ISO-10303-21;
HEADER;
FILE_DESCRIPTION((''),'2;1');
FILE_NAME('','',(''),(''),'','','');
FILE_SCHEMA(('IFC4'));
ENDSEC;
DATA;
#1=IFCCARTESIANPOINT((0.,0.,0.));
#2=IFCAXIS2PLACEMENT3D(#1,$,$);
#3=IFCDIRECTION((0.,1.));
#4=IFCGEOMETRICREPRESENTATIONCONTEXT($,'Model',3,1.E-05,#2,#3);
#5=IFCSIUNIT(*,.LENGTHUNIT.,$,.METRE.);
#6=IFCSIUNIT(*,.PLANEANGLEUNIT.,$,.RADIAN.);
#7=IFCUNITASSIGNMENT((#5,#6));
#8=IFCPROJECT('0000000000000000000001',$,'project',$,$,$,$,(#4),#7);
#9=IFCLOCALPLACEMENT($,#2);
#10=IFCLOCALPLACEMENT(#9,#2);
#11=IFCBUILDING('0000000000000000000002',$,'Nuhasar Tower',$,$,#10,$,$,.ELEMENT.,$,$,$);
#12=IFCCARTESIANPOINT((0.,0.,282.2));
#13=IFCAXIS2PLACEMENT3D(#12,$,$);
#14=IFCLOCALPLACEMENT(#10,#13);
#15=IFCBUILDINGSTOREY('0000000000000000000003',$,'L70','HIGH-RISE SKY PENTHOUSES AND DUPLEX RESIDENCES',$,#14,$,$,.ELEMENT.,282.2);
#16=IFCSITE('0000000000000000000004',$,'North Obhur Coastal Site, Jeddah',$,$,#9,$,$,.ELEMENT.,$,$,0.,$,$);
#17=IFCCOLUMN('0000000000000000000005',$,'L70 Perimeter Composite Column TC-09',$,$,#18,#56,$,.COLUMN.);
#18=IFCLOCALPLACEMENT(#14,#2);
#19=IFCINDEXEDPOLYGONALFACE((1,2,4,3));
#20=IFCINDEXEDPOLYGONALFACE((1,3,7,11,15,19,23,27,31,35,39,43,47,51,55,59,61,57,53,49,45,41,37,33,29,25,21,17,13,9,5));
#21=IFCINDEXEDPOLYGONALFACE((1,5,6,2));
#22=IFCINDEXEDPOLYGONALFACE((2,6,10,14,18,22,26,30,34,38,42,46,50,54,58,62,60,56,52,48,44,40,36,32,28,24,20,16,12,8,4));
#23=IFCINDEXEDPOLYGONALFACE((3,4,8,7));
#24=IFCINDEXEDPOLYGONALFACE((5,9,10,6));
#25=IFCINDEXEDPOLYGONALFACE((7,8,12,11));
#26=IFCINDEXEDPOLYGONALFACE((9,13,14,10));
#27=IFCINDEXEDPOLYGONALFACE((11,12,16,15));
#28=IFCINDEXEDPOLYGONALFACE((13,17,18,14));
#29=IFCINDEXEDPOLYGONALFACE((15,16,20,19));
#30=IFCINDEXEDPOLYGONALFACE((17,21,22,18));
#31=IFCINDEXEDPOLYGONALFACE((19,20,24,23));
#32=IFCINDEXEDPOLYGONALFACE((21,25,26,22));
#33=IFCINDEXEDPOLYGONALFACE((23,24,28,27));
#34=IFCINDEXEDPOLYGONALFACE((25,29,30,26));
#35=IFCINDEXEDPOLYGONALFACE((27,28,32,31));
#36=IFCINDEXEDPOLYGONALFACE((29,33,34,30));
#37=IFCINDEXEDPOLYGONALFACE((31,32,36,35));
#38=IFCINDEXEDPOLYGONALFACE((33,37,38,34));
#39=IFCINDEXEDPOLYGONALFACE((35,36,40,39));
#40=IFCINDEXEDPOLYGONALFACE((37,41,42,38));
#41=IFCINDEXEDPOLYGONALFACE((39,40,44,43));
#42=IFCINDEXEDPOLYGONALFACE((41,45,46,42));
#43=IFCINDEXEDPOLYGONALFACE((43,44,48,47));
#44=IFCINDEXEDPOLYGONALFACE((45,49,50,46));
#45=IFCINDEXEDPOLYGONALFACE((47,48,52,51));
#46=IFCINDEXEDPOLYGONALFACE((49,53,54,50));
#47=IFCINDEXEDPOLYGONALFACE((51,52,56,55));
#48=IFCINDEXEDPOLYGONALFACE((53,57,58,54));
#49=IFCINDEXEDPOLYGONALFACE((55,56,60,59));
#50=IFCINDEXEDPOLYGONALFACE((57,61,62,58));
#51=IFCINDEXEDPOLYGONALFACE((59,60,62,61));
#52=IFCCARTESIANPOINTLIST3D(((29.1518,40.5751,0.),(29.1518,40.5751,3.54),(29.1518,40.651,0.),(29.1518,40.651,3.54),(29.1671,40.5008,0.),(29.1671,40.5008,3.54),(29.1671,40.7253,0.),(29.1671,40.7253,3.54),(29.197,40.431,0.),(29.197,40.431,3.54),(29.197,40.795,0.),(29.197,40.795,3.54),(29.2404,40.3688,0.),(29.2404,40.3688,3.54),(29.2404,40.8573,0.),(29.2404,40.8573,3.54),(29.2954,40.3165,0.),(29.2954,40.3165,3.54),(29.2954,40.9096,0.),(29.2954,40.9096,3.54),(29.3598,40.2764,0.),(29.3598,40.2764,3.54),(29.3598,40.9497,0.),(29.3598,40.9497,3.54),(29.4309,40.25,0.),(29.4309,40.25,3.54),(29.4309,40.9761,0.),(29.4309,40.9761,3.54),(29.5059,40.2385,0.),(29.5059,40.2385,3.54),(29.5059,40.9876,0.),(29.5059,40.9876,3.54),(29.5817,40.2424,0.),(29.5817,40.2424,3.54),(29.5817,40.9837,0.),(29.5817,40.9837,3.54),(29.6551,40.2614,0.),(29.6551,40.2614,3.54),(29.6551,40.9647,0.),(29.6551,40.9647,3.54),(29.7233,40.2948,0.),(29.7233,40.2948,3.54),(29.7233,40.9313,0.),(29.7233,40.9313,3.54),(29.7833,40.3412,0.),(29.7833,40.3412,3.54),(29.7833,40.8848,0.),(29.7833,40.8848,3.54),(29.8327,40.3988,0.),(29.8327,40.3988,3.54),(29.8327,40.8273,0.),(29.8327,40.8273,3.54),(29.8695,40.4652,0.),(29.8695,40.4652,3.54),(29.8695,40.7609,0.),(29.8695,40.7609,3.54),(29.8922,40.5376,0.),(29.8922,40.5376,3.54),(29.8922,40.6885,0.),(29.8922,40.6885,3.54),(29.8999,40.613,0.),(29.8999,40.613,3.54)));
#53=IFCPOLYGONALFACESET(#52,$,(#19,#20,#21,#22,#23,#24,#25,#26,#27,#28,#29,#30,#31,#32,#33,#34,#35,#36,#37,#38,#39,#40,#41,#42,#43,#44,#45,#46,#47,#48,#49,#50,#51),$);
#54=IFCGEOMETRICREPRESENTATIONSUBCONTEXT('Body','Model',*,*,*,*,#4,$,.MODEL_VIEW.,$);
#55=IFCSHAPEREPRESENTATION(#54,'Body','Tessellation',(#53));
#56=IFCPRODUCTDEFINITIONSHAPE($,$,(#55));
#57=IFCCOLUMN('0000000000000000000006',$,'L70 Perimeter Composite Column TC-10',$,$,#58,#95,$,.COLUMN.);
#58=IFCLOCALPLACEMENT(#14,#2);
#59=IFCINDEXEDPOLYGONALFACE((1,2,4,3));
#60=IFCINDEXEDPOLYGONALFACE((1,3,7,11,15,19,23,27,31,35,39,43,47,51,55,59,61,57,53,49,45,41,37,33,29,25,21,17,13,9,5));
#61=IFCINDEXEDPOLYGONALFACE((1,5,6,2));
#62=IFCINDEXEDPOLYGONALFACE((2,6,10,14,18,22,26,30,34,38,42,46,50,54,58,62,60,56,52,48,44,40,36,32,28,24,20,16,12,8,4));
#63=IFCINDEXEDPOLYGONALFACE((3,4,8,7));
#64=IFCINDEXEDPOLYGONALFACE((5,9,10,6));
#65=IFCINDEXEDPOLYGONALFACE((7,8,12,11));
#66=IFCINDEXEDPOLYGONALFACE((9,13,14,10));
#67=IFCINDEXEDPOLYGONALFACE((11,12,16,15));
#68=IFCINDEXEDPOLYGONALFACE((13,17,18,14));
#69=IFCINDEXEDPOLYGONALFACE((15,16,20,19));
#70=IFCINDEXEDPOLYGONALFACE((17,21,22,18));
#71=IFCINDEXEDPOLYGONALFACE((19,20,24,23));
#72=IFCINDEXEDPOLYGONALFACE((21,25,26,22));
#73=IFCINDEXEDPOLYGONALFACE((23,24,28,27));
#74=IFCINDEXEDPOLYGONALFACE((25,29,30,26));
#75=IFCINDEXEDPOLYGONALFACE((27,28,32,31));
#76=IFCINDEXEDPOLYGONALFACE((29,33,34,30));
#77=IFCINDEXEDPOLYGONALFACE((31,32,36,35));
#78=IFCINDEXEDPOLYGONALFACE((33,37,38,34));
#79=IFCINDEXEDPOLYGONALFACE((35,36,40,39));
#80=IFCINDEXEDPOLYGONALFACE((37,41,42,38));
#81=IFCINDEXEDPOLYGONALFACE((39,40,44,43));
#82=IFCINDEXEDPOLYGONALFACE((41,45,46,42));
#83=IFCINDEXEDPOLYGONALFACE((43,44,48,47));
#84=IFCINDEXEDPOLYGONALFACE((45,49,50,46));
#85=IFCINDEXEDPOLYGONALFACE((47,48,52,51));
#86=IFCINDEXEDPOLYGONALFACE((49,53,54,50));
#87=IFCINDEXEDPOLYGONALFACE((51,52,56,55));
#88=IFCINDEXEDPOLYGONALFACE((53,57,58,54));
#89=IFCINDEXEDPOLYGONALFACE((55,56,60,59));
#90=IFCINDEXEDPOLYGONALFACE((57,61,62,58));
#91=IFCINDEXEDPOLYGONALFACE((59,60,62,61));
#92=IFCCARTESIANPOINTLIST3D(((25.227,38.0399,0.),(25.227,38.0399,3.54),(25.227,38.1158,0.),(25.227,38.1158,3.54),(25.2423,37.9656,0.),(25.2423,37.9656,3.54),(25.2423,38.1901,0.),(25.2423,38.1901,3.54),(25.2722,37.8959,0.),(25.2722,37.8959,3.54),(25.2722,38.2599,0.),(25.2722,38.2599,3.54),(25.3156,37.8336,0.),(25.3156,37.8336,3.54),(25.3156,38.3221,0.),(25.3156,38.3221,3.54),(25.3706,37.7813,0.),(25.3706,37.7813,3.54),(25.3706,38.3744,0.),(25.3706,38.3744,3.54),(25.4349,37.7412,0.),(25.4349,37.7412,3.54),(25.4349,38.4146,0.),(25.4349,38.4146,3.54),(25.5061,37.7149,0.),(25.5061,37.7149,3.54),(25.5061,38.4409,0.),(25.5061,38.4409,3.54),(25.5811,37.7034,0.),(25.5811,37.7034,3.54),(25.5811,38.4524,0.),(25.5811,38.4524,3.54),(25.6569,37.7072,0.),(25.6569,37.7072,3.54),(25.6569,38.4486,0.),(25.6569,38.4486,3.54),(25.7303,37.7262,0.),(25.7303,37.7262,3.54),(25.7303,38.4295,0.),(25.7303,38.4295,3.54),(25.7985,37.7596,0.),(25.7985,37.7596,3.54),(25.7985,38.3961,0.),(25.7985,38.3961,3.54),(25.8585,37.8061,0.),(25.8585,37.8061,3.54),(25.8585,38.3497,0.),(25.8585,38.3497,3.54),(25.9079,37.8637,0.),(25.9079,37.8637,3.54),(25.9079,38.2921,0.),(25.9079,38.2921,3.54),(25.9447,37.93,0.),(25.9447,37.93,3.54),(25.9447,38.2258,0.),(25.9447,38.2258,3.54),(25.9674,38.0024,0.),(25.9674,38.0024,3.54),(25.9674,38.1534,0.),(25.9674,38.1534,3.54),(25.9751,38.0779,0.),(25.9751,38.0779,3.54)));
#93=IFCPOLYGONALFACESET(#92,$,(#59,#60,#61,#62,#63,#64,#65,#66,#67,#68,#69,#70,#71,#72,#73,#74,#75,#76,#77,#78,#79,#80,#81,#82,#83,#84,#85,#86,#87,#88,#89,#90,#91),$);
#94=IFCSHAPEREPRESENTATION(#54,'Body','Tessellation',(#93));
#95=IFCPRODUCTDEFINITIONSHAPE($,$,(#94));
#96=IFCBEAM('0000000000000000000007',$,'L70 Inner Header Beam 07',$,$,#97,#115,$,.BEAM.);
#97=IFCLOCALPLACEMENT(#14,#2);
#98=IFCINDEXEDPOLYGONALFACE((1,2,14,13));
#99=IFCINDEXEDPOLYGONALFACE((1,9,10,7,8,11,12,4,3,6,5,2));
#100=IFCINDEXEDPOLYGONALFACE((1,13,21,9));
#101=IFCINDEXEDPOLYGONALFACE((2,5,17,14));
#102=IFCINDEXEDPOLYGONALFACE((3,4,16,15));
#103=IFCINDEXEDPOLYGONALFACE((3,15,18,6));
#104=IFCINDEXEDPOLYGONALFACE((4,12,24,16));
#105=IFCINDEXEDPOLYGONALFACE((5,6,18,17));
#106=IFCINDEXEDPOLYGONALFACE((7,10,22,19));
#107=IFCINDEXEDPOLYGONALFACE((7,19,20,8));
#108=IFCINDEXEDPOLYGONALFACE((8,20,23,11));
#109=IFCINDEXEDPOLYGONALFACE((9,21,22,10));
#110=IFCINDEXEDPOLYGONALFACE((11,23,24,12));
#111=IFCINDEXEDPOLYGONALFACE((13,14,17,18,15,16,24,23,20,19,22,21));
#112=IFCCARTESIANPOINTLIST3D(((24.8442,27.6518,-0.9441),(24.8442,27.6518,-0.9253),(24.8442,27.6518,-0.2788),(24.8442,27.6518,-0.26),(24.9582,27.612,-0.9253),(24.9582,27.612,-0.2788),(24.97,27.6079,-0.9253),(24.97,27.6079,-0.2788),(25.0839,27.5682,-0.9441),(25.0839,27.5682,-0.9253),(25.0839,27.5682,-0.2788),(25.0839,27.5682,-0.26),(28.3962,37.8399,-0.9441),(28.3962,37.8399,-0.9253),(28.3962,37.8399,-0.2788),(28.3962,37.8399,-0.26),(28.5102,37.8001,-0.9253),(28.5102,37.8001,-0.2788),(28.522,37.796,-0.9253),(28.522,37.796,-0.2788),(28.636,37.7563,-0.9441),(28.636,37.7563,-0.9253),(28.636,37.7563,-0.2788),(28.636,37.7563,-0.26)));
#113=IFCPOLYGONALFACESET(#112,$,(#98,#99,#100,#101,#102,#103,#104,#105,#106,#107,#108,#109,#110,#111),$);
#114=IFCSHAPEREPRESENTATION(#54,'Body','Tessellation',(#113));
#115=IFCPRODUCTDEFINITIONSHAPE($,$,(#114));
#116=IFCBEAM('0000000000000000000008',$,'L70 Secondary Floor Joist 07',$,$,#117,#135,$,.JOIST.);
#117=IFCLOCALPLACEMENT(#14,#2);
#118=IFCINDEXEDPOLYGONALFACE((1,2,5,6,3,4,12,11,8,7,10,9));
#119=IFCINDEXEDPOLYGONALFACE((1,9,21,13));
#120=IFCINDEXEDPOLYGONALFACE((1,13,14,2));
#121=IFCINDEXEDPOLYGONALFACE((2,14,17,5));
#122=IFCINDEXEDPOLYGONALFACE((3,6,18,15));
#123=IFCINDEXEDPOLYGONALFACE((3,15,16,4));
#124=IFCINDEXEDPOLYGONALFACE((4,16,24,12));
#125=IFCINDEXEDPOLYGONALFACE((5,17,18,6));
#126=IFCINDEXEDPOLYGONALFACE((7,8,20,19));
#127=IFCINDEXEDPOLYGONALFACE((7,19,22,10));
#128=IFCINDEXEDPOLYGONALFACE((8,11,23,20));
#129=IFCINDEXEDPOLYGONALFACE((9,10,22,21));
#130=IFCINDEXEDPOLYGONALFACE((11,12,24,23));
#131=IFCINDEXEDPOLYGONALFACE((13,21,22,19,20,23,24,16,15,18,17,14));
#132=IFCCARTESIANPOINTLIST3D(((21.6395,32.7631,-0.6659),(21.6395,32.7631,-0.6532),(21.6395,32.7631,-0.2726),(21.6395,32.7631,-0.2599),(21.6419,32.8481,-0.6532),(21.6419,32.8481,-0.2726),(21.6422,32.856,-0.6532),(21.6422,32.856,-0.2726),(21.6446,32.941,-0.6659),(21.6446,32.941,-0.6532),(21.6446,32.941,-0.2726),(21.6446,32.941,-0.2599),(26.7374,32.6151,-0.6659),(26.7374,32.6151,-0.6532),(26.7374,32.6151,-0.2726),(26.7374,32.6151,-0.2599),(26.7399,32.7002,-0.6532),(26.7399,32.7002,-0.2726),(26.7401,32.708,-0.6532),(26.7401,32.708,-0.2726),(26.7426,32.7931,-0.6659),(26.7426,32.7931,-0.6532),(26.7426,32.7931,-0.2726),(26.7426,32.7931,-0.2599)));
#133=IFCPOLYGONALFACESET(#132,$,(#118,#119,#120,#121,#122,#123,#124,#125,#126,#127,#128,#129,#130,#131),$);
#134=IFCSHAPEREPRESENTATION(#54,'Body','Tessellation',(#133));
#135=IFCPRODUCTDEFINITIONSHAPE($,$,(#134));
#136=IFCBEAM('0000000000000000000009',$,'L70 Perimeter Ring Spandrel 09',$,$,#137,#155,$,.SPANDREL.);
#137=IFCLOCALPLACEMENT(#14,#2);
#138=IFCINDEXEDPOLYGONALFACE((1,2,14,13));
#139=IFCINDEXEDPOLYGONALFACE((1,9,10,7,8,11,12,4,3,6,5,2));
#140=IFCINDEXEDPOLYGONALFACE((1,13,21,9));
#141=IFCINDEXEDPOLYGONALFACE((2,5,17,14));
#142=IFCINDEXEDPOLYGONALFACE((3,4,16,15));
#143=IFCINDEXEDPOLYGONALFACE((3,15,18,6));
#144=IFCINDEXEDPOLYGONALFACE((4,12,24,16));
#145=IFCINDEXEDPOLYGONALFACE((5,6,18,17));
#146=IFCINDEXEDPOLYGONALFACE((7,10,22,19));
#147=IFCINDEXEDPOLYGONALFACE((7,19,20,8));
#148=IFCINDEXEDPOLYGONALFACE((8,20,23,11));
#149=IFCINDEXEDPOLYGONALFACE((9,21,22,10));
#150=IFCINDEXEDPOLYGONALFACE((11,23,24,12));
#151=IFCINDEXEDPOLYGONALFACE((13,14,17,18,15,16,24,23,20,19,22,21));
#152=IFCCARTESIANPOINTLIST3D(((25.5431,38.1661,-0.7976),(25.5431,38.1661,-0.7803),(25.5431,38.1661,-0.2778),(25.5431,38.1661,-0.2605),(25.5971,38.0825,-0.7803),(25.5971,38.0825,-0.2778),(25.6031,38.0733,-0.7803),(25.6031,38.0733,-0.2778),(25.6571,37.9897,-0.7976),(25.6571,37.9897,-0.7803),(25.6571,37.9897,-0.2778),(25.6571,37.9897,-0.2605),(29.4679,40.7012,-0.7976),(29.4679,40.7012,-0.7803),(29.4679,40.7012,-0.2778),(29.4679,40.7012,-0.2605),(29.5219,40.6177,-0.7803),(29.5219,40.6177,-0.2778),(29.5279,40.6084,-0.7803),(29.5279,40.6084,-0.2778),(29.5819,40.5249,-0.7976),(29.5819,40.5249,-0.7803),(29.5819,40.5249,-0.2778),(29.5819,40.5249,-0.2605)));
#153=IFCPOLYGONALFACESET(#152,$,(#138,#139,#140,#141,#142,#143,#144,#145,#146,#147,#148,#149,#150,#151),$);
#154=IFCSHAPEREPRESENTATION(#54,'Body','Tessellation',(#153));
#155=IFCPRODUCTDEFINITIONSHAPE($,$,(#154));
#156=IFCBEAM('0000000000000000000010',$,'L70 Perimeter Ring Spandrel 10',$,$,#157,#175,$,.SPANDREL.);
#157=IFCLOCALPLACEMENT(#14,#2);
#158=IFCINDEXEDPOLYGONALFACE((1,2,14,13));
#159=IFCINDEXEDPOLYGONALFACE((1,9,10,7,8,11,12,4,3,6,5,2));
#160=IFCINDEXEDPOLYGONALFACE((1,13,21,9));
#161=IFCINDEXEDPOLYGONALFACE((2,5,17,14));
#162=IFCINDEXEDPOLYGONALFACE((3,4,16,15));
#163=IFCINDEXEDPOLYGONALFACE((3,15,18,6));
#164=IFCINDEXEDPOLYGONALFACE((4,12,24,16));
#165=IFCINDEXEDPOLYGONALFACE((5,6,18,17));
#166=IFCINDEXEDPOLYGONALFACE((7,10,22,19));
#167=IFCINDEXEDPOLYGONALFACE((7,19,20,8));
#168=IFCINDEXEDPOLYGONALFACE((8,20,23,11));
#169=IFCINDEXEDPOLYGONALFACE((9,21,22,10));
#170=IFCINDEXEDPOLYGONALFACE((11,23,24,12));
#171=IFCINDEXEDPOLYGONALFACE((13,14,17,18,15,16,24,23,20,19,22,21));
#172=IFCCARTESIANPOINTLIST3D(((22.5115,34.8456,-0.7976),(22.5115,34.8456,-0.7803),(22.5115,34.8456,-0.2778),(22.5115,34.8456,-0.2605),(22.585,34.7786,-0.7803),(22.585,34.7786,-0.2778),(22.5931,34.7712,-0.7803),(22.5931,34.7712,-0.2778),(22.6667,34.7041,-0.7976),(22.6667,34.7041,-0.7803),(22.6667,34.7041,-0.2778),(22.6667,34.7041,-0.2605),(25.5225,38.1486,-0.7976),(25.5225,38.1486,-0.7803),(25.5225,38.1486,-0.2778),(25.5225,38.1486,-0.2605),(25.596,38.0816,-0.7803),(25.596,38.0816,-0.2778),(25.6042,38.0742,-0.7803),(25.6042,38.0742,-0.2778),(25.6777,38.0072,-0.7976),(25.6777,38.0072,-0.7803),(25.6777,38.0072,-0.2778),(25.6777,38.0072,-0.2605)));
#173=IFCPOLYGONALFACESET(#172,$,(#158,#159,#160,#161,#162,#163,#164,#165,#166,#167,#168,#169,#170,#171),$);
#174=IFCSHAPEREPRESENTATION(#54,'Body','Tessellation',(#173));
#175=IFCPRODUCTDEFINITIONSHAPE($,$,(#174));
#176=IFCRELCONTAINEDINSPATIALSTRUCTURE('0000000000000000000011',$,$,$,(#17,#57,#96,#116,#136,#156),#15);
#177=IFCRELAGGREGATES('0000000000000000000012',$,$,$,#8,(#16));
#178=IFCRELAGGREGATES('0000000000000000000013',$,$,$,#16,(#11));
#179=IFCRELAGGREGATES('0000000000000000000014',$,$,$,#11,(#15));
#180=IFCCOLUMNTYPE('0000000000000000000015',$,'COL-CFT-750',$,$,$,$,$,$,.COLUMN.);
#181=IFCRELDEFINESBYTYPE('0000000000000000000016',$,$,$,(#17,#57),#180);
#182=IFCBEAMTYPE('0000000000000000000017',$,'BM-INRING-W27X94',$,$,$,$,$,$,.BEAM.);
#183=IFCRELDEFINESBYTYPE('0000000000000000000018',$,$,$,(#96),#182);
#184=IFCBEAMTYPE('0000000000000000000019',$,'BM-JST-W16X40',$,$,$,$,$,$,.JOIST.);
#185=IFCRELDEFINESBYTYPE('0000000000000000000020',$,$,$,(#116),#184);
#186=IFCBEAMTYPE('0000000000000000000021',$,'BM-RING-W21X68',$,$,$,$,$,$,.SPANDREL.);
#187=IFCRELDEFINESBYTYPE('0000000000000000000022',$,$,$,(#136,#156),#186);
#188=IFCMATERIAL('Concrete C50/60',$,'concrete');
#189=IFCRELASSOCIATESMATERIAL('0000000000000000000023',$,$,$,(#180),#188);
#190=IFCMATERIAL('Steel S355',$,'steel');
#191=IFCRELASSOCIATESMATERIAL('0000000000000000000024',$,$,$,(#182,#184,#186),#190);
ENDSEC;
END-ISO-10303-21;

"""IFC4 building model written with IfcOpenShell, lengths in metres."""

from ifc_helpers import new_model, si_unit, direction, frame, origin, origin_2d, place, context, subcontext, project, spatial, circle, i_section, extrude, material, material_profile, profile_set, type_object, element, save


model = new_model("IFC4")

# Units and contexts
model_context = context("Model", 3, precision=1e-05, world=origin(), true_north=direction((0.0, 1.0)))
body_context = subcontext(model_context, "Body", "Model", "MODEL_VIEW")
ifc_project = project(units=[si_unit("LENGTHUNIT", "METRE"), si_unit("PLANEANGLEUNIT", "RADIAN")], contexts=[model_context])

# Site, building, storey
site_placement = place(None, origin())
site = spatial("IfcSite", under=ifc_project, at=site_placement, Name="North Obhur Coastal Site, Jeddah", CompositionType="ELEMENT", RefElevation=0.0)
building_placement = place(site_placement, origin())
building = spatial("IfcBuilding", under=site, at=building_placement, Name="Nuhasar Tower", CompositionType="ELEMENT")
storey_placement = place(building_placement, frame((0.0, 0.0, 282.2)))
storey = spatial("IfcBuildingStorey", under=building, at=storey_placement, Name="L70", Description="HIGH-RISE SKY PENTHOUSES AND DUPLEX RESIDENCES", CompositionType="ELEMENT", Elevation=282.2)

# Columns
ifc_material_1 = material(Name="Concrete C50/60", Category="concrete")
ifc_material_profile_1 = material_profile(ifc_material_1, circle(Radius=0.375, at=origin_2d()), Name="CFT750")
ifc_profile_set_1 = profile_set([ifc_material_profile_1], Name="Concrete C50/60")
column_type = type_object("IfcColumnType", Name="COL-CFT-750", PredefinedType="COLUMN", material=ifc_profile_set_1)
for number, where, z_axis, x_axis, name in (
    (1, (29.5249, 40.613, 0.0), (0.0, 0.0, 1.0), (1.0, 0.0, 0.0), "L70 Perimeter Composite Column TC-09"),
    (2, (25.6001, 38.0779, 0.0), (0.0, 0.0, 1.0), (1.0, 0.0, 0.0), "L70 Perimeter Composite Column TC-10"),
):
    element("IfcColumn", number, at=place(storey_placement, frame(where, z_axis=z_axis, x_axis=x_axis)), inside=storey, type_object=column_type, Name=name, PredefinedType="COLUMN", context=body_context, shape_type="SweptSolid", body=[
        extrude(circle(Radius=0.375, at=origin_2d()), origin(), (0.0, 0.0, 1.0), 3.54),
    ])

# Beams
ifc_material_2 = material(Name="Steel S355", Category="steel")
ifc_material_profile_2 = material_profile(ifc_material_2, i_section(OverallWidth=0.2539, OverallDepth=0.6841, WebThickness=0.0125, FlangeThickness=0.0188, at=origin_2d()), Name="W27X94")
ifc_profile_set_2 = profile_set([ifc_material_profile_2], Name="Steel S355")
beam_type_1 = type_object("IfcBeamType", Name="BM-INRING-W27X94", PredefinedType="BEAM", material=ifc_profile_set_2)
beam_1_placement = place(storey_placement, frame((28.5161, 37.7981, -0.6021), z_axis=(-0.329211, -0.944256, 0.0), x_axis=(0.944256, -0.329211, 0.0)))
element("IfcBeam", 3, at=beam_1_placement, inside=storey, type_object=beam_type_1, Name="L70 Inner Header Beam 07", PredefinedType="BEAM", context=body_context, shape_type="SweptSolid", body=[
    extrude(i_section(OverallWidth=0.2539, OverallDepth=0.6841, WebThickness=0.0125, FlangeThickness=0.0188, at=origin_2d()), origin(), (0.0, 0.0, 1.0), 10.7896),
])
ifc_material_profile_3 = material_profile(ifc_material_2, i_section(OverallWidth=0.178, OverallDepth=0.406, WebThickness=0.0078, FlangeThickness=0.0127, at=origin_2d()), Name="W16X40")
ifc_profile_set_3 = profile_set([ifc_material_profile_3], Name="Steel S355")
beam_type_2 = type_object("IfcBeamType", Name="BM-JST-W16X40", PredefinedType="JOIST", material=ifc_profile_set_3)
beam_2_placement = place(storey_placement, frame((26.74, 32.7041, -0.4629), z_axis=(-0.999579, 0.029009, 0.0), x_axis=(-0.029009, -0.999579, 0.0)))
element("IfcBeam", 4, at=beam_2_placement, inside=storey, type_object=beam_type_2, Name="L70 Secondary Floor Joist 07", PredefinedType="JOIST", context=body_context, shape_type="SweptSolid", body=[
    extrude(i_section(OverallWidth=0.178, OverallDepth=0.406, WebThickness=0.0078, FlangeThickness=0.0127, at=origin_2d()), origin(), (0.0, 0.0, 1.0), 5.1001),
])
ifc_material_profile_4 = material_profile(ifc_material_2, i_section(OverallWidth=0.21, OverallDepth=0.5371, WebThickness=0.011, FlangeThickness=0.0173, at=origin_2d()), Name="W21X68")
ifc_profile_set_4 = profile_set([ifc_material_profile_4], Name="Steel S355")
beam_type_3 = type_object("IfcBeamType", Name="BM-RING-W21X68", PredefinedType="SPANDREL", material=ifc_profile_set_4)
beam_3_placement = place(storey_placement, frame((29.5249, 40.613, -0.5291), z_axis=(-0.840002, -0.542584, 0.0), x_axis=(0.542584, -0.840002, 0.0)))
element("IfcBeam", 5, at=beam_3_placement, inside=storey, type_object=beam_type_3, Name="L70 Perimeter Ring Spandrel 09", PredefinedType="SPANDREL", context=body_context, shape_type="SweptSolid", body=[
    extrude(i_section(OverallWidth=0.21, OverallDepth=0.5371, WebThickness=0.011, FlangeThickness=0.0173, at=origin_2d()), origin(), (0.0, 0.0, 1.0), 4.6724),
])
beam_4_placement = place(storey_placement, frame((25.6001, 38.0779, -0.5291), z_axis=(-0.673686, -0.739017, 0.0), x_axis=(0.739017, -0.673686, 0.0)))
element("IfcBeam", 6, at=beam_4_placement, inside=storey, type_object=beam_type_3, Name="L70 Perimeter Ring Spandrel 10", PredefinedType="SPANDREL", context=body_context, shape_type="SweptSolid", body=[
    extrude(i_section(OverallWidth=0.21, OverallDepth=0.5371, WebThickness=0.011, FlangeThickness=0.0173, at=origin_2d()), origin(), (0.0, 0.0, 1.0), 4.4695),
])

save(model, "model.ifc")
